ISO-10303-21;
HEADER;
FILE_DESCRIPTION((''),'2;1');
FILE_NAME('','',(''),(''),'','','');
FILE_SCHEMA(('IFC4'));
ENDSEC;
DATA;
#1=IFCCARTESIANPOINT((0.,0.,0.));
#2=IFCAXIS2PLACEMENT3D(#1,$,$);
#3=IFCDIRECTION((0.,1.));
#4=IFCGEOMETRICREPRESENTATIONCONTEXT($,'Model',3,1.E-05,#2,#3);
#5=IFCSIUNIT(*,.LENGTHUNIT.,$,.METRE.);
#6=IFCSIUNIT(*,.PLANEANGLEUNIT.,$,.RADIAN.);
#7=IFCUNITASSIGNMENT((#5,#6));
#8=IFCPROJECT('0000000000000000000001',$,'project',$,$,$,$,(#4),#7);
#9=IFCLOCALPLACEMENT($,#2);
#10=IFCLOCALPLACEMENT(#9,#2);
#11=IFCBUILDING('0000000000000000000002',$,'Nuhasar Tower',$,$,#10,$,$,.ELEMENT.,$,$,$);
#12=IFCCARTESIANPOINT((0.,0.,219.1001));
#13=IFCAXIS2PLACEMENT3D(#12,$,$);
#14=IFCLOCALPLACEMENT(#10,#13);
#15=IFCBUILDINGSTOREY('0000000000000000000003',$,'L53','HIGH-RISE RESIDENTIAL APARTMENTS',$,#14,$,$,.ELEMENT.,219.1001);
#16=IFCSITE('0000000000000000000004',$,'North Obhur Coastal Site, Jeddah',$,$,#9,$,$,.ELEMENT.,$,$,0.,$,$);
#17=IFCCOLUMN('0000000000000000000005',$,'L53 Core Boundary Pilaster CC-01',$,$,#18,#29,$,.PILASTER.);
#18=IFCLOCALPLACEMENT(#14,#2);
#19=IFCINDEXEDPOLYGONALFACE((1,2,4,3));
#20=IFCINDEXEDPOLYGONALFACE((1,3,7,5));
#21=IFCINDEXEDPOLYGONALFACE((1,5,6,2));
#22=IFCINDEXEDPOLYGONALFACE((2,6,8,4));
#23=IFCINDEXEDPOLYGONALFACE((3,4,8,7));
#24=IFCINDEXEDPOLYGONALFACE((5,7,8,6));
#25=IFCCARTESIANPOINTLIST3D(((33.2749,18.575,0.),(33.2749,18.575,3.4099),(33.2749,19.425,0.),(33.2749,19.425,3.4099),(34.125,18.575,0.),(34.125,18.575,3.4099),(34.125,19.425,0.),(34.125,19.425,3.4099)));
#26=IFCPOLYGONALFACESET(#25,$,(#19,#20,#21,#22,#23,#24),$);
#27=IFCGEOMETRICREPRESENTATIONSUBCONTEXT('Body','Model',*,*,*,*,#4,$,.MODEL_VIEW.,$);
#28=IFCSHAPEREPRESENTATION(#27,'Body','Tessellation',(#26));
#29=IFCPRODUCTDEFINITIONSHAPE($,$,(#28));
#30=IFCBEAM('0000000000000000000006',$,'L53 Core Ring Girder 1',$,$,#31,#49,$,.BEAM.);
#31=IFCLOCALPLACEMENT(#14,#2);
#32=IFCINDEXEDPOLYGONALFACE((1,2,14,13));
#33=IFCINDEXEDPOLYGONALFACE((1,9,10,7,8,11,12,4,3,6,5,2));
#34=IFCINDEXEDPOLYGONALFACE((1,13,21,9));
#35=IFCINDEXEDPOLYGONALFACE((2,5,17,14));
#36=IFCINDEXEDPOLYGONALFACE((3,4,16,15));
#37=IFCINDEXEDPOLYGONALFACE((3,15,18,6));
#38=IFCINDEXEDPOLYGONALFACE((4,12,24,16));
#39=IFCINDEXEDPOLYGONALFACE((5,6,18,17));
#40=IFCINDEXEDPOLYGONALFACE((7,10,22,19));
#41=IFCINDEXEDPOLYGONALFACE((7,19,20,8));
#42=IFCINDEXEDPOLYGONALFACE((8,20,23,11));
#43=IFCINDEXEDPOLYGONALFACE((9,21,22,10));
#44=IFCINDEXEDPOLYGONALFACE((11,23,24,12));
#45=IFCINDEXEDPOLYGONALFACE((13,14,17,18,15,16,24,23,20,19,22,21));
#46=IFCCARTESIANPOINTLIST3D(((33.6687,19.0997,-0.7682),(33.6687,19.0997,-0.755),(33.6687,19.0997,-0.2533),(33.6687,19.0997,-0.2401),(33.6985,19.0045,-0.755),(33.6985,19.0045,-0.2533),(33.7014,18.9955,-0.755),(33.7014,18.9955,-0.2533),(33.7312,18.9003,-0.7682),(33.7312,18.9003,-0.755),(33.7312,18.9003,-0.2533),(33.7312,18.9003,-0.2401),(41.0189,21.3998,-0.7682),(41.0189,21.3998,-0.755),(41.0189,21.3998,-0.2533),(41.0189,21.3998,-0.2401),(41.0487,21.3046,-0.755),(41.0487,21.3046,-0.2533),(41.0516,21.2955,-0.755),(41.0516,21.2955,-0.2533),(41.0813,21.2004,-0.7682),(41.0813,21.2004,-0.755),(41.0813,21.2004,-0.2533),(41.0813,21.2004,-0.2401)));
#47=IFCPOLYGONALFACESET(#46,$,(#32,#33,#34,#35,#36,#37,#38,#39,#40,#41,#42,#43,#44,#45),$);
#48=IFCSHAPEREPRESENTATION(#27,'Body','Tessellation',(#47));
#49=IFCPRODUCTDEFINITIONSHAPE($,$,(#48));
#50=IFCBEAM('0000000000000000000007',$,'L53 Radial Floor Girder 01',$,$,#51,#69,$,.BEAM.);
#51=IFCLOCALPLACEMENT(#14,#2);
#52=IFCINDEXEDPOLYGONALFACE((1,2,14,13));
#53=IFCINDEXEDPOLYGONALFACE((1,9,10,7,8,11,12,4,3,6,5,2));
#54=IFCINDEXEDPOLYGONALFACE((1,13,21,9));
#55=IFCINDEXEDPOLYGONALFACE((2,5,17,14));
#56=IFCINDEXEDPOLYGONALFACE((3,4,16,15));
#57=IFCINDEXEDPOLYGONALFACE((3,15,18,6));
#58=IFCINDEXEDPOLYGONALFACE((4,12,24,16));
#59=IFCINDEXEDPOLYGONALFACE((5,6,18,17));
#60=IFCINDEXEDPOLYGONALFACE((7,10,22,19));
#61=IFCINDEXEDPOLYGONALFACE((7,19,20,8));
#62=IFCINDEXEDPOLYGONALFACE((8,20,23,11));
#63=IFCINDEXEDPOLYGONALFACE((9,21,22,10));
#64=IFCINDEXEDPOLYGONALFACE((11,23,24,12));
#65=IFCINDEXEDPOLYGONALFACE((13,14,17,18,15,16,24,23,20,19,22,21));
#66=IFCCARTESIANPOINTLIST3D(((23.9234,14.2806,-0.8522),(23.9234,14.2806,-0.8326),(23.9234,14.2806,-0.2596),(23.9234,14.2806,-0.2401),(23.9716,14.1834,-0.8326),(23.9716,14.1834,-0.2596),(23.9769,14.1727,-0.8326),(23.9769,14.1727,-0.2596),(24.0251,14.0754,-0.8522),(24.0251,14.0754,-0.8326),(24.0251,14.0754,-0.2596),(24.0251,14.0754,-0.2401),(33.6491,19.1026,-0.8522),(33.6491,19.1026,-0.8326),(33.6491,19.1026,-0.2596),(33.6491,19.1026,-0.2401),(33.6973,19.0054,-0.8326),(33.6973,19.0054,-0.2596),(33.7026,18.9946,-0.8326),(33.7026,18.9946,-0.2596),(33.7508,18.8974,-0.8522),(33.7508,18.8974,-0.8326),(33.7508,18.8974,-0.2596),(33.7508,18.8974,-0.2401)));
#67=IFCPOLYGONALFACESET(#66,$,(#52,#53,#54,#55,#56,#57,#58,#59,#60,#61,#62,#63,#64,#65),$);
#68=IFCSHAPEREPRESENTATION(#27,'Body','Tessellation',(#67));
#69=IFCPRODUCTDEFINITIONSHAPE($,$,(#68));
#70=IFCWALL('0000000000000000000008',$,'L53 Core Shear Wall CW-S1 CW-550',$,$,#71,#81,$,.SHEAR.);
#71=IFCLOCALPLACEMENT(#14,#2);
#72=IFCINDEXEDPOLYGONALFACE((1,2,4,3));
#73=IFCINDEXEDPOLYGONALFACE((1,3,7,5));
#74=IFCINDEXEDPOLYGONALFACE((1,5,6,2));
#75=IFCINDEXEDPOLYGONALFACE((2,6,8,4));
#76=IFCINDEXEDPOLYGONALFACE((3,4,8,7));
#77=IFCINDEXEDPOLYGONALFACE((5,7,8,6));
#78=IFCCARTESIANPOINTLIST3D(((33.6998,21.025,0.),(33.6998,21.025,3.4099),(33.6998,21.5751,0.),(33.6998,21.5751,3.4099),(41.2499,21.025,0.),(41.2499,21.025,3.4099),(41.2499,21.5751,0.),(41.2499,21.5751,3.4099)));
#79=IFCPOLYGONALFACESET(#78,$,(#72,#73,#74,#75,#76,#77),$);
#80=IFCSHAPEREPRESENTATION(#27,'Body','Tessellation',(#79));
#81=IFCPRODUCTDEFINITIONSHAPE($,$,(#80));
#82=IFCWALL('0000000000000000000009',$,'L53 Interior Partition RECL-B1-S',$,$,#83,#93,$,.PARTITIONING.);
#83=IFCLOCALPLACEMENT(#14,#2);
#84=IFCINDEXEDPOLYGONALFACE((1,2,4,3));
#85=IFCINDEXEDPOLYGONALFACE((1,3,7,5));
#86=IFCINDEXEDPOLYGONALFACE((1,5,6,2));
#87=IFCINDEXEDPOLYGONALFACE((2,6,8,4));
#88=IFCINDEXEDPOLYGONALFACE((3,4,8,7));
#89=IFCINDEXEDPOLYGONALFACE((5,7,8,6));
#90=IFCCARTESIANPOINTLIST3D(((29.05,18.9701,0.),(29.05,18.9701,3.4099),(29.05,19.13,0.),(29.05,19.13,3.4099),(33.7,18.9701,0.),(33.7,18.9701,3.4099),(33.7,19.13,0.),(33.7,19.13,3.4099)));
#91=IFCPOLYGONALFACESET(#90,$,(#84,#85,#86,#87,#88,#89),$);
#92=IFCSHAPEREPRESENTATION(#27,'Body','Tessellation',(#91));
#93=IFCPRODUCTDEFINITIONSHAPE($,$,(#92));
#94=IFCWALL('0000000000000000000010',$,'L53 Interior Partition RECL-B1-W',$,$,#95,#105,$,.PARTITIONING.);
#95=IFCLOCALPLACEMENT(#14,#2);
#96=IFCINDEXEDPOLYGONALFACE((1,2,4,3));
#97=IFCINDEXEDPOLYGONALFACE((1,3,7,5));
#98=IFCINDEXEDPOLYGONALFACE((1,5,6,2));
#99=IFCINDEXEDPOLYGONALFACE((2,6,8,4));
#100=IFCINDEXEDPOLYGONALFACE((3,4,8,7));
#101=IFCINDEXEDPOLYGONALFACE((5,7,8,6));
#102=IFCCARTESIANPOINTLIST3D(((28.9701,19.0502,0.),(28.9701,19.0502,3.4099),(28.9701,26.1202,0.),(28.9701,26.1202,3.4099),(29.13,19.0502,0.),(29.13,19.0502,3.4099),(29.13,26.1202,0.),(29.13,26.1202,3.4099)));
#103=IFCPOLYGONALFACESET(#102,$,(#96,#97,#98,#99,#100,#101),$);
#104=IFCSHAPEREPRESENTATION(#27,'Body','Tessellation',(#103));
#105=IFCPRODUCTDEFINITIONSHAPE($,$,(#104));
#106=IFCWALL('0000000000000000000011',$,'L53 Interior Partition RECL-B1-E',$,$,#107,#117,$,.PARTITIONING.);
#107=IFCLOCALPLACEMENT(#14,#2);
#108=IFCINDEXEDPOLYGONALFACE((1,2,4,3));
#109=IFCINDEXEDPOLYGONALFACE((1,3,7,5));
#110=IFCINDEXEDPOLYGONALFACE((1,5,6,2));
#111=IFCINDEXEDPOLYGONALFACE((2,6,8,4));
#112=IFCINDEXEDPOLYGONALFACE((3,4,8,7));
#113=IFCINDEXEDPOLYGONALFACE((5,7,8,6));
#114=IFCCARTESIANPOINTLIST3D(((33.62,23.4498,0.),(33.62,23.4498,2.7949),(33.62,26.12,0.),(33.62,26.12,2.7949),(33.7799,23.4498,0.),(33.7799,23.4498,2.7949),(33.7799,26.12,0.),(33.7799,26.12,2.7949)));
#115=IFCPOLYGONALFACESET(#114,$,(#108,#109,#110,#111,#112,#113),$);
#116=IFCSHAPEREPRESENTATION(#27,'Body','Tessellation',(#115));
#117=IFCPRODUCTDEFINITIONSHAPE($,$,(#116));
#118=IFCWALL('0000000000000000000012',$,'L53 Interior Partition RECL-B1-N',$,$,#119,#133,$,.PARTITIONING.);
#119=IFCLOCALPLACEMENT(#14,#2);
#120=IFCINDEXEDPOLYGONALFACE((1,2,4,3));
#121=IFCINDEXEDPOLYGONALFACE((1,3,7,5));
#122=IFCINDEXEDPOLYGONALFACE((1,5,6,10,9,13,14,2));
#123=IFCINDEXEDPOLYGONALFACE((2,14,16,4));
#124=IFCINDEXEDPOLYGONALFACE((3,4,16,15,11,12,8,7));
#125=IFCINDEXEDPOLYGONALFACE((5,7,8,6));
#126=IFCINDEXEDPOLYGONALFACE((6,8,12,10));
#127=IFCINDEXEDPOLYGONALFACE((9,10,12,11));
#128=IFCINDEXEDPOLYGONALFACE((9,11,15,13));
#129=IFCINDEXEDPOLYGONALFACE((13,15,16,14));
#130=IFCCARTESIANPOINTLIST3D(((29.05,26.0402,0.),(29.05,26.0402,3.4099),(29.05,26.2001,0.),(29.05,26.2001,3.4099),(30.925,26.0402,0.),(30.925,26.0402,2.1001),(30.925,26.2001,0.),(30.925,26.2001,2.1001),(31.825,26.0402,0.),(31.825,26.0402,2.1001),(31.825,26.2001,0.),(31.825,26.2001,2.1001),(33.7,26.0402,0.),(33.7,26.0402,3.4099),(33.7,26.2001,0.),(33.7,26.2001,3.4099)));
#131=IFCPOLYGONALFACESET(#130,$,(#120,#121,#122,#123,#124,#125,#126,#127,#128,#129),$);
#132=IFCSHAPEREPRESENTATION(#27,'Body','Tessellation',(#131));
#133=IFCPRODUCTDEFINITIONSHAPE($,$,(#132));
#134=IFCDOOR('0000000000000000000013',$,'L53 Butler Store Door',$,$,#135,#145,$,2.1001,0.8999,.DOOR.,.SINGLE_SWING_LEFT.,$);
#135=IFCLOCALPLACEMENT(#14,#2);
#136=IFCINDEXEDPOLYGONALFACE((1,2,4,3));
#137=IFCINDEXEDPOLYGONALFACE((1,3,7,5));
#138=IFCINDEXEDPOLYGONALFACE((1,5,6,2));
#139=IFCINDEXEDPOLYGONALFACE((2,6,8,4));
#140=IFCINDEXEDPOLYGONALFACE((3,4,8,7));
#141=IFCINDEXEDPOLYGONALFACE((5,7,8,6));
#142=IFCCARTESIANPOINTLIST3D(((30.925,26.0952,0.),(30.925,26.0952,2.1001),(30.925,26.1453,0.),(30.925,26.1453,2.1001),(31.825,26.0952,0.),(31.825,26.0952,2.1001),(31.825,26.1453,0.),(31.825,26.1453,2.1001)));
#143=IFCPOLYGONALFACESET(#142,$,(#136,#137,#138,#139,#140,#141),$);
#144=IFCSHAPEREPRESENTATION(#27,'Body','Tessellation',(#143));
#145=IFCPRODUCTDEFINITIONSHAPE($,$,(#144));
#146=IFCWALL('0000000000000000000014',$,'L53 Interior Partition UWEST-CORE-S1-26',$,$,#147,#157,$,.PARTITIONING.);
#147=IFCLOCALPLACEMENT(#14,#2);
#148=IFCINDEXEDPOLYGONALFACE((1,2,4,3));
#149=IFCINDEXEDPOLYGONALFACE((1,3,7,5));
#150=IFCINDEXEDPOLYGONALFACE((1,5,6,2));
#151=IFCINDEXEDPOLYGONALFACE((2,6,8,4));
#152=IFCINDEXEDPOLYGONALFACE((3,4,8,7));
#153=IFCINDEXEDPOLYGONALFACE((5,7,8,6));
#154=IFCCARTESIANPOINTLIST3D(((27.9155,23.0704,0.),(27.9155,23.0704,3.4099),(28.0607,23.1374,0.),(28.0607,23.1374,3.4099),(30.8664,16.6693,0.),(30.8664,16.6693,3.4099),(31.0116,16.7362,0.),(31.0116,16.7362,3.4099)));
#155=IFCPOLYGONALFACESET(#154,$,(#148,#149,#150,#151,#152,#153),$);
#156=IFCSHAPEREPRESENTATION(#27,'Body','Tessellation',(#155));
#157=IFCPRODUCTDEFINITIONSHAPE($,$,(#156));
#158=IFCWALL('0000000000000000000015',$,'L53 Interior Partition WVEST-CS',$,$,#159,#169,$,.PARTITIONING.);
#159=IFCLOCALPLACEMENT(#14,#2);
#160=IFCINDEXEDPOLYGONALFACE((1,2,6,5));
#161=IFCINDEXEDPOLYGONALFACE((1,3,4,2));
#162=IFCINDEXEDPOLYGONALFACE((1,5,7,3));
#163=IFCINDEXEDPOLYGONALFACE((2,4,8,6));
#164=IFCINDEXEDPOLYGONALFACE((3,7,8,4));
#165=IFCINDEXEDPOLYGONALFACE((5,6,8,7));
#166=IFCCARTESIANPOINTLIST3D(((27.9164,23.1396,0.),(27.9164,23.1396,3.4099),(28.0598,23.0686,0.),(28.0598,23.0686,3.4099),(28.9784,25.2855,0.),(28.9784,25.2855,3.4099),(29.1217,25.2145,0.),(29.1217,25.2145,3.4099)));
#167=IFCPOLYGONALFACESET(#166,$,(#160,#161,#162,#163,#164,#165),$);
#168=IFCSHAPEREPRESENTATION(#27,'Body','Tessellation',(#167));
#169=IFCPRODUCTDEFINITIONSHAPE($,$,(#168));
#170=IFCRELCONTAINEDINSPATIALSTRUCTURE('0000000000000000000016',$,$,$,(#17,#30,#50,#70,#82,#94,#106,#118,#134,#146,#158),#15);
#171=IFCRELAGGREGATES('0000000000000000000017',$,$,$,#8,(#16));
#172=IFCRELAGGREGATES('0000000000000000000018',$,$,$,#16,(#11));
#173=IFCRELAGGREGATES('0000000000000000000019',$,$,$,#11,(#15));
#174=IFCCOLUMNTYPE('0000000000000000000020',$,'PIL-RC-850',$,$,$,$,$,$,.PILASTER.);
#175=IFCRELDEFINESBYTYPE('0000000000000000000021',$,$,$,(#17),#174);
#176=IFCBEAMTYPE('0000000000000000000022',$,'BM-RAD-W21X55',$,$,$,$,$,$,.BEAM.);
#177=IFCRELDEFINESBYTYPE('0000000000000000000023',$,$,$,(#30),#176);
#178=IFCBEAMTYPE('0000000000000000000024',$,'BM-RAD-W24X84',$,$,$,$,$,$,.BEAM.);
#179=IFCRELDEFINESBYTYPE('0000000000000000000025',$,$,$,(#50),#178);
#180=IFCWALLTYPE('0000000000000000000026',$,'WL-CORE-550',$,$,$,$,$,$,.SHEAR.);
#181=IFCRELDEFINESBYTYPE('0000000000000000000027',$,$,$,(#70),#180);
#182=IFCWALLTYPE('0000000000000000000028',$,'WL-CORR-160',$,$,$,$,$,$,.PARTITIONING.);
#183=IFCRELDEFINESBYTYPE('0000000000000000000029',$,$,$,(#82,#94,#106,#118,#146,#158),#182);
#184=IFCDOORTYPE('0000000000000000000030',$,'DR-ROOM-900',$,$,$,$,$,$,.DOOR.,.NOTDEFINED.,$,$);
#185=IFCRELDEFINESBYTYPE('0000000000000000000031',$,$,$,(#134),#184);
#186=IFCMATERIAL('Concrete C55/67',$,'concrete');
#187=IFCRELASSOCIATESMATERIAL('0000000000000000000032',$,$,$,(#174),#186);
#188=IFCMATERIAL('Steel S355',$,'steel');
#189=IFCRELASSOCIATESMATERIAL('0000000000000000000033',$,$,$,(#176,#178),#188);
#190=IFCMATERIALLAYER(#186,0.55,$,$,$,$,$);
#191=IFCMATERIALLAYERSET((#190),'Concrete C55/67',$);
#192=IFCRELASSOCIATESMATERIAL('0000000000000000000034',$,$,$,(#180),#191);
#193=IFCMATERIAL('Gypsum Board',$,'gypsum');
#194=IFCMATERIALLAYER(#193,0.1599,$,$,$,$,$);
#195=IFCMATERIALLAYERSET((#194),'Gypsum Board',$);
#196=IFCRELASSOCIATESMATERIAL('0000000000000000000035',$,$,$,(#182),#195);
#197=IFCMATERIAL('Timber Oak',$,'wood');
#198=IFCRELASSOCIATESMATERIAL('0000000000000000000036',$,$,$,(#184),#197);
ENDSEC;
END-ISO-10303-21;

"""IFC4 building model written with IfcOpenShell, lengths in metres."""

from ifc_helpers import new_model, si_unit, direction, frame, frame_2d, origin, origin_2d, place, context, subcontext, project, spatial, rectangle, i_section, extrude, material, layer, layer_set, material_profile, profile_set, type_object, element, fill, save


model = new_model("IFC4")

# Units and contexts
model_context = context("Model", 3, precision=1e-05, world=origin(), true_north=direction((0.0, 1.0)))
body_context = subcontext(model_context, "Body", "Model", "MODEL_VIEW")
ifc_project = project(units=[si_unit("LENGTHUNIT", "METRE"), si_unit("PLANEANGLEUNIT", "RADIAN")], contexts=[model_context])

# Site, building, storey
site_placement = place(None, origin())
site = spatial("IfcSite", under=ifc_project, at=site_placement, Name="North Obhur Coastal Site, Jeddah", CompositionType="ELEMENT", RefElevation=0.0)
building_placement = place(site_placement, origin())
building = spatial("IfcBuilding", under=site, at=building_placement, Name="Nuhasar Tower", CompositionType="ELEMENT")
storey_placement = place(building_placement, frame((0.0, 0.0, 219.1001)))
storey = spatial("IfcBuildingStorey", under=building, at=storey_placement, Name="L53", Description="HIGH-RISE RESIDENTIAL APARTMENTS", CompositionType="ELEMENT", Elevation=219.1001)

# Column
ifc_material_1 = material(Name="Concrete C55/67", Category="concrete")
ifc_material_profile_1 = material_profile(ifc_material_1, rectangle(XDim=0.8501, YDim=0.8501, at=origin_2d()), Name="RC850X850")
ifc_profile_set_1 = profile_set([ifc_material_profile_1], Name="Concrete C55/67")
column_type = type_object("IfcColumnType", Name="PIL-RC-850", PredefinedType="PILASTER", material=ifc_profile_set_1)
column_placement = place(storey_placement, frame((33.7, 19.0, 0.0), z_axis=(0.0, 0.0, 1.0), x_axis=(1.0, 0.0, 0.0)))
element("IfcColumn", 1, at=column_placement, inside=storey, type_object=column_type, Name="L53 Core Boundary Pilaster CC-01", PredefinedType="PILASTER", context=body_context, shape_type="SweptSolid", body=[
    extrude(rectangle(XDim=0.8501, YDim=0.8501, at=origin_2d()), origin(), (0.0, 0.0, 1.0), 3.4099),
])

# Beams
ifc_material_2 = material(Name="Steel S355", Category="steel")
ifc_material_profile_2 = material_profile(ifc_material_2, i_section(OverallWidth=0.209, OverallDepth=0.5281, WebThickness=0.0095, FlangeThickness=0.0132, at=origin_2d()), Name="W21X55")
ifc_profile_set_2 = profile_set([ifc_material_profile_2], Name="Steel S355")
beam_type_1 = type_object("IfcBeamType", Name="BM-RAD-W21X55", PredefinedType="BEAM", material=ifc_profile_set_2)
beam_1_placement = place(storey_placement, frame((33.7, 19.0, -0.5042), z_axis=(0.954364, 0.298647, 0.0), x_axis=(-0.298647, 0.954364, 0.0)))
element("IfcBeam", 2, at=beam_1_placement, inside=storey, type_object=beam_type_1, Name="L53 Core Ring Girder 1", PredefinedType="BEAM", context=body_context, shape_type="SweptSolid", body=[
    extrude(i_section(OverallWidth=0.209, OverallDepth=0.5281, WebThickness=0.0095, FlangeThickness=0.0132, at=origin_2d()), origin(), (0.0, 0.0, 1.0), 7.7017),
])
ifc_material_profile_3 = material_profile(ifc_material_2, i_section(OverallWidth=0.229, OverallDepth=0.6121, WebThickness=0.012, FlangeThickness=0.0195, at=origin_2d()), Name="W24X84")
ifc_profile_set_3 = profile_set([ifc_material_profile_3], Name="Steel S355")
beam_type_2 = type_object("IfcBeamType", Name="BM-RAD-W24X84", PredefinedType="BEAM", material=ifc_profile_set_3)
beam_2_placement = place(storey_placement, frame((33.7, 19.0, -0.5461), z_axis=(-0.895929, -0.444197, 0.0), x_axis=(0.444197, -0.895929, 0.0)))
element("IfcBeam", 3, at=beam_2_placement, inside=storey, type_object=beam_type_2, Name="L53 Radial Floor Girder 01", PredefinedType="BEAM", context=body_context, shape_type="SweptSolid", body=[
    extrude(i_section(OverallWidth=0.229, OverallDepth=0.6121, WebThickness=0.012, FlangeThickness=0.0195, at=origin_2d()), origin(), (0.0, 0.0, 1.0), 10.8555),
])

# Walls
ifc_layer_1 = layer(ifc_material_1, 0.55)
ifc_layer_set_1 = layer_set([ifc_layer_1], Name="Concrete C55/67")
wall_type_1 = type_object("IfcWallType", Name="WL-CORE-550", PredefinedType="SHEAR", material=ifc_layer_set_1)
wall_1_placement = place(storey_placement, frame((33.7, 21.3, 0.0), z_axis=(0.0, 0.0, 1.0), x_axis=(1.0, 0.0, 0.0)))
element("IfcWall", 4, at=wall_1_placement, inside=storey, type_object=wall_type_1, Name="L53 Core Shear Wall CW-S1 CW-550", PredefinedType="SHEAR", context=body_context, shape_type="SweptSolid", body=[
    extrude(rectangle(XDim=7.55, YDim=0.55, at=frame_2d((3.7749, 0.0))), origin(), (0.0, 0.0, 1.0), 3.4099),
])
ifc_material_3 = material(Name="Gypsum Board", Category="gypsum")
ifc_layer_2 = layer(ifc_material_3, 0.1599)
ifc_layer_set_2 = layer_set([ifc_layer_2], Name="Gypsum Board")
wall_type_2 = type_object("IfcWallType", Name="WL-CORR-160", PredefinedType="PARTITIONING", material=ifc_layer_set_2)
wall_2_placement = place(storey_placement, frame((29.05, 19.05, 0.0), z_axis=(0.0, 0.0, 1.0), x_axis=(1.0, 0.0, 0.0)))
element("IfcWall", 5, at=wall_2_placement, inside=storey, type_object=wall_type_2, Name="L53 Interior Partition RECL-B1-S", PredefinedType="PARTITIONING", context=body_context, shape_type="SweptSolid", body=[
    extrude(rectangle(XDim=4.6499, YDim=0.1599, at=frame_2d((2.325, 0.0))), origin(), (0.0, 0.0, 1.0), 3.4099),
])
wall_3_placement = place(storey_placement, frame((29.05, 19.05, 0.0), z_axis=(0.0, 0.0, 1.0), x_axis=(0.0, 1.0, 0.0)))
element("IfcWall", 6, at=wall_3_placement, inside=storey, type_object=wall_type_2, Name="L53 Interior Partition RECL-B1-W", PredefinedType="PARTITIONING", context=body_context, shape_type="SweptSolid", body=[
    extrude(rectangle(XDim=7.0701, YDim=0.1599, at=frame_2d((3.5352, 0.0))), origin(), (0.0, 0.0, 1.0), 3.4099),
])
wall_4_placement = place(storey_placement, frame((33.7, 23.45, 0.0), z_axis=(0.0, 0.0, 1.0), x_axis=(0.0, 1.0, 0.0)))
element("IfcWall", 7, at=wall_4_placement, inside=storey, type_object=wall_type_2, Name="L53 Interior Partition RECL-B1-E", PredefinedType="PARTITIONING", context=body_context, shape_type="SweptSolid", body=[
    extrude(rectangle(XDim=2.6702, YDim=0.1599, at=frame_2d((1.335, 0.0))), origin(), (0.0, 0.0, 1.0), 2.7949),
])

# Wall, opening, door
wall_5_placement = place(storey_placement, frame((33.7, 26.1201, 0.0), z_axis=(0.0, 0.0, 1.0), x_axis=(-1.0, 0.0, 0.0)))
wall_5 = element("IfcWall", 8, at=wall_5_placement, inside=storey, type_object=wall_type_2, Name="L53 Interior Partition RECL-B1-N", PredefinedType="PARTITIONING", context=body_context, shape_type="SweptSolid", body=[
    extrude(rectangle(XDim=4.6499, YDim=0.1599, at=frame_2d((2.325, 0.0))), origin(), (0.0, 0.0, 1.0), 3.4099),
])
opening_1_placement = place(wall_5_placement, frame((1.875, 0.0, 0.0)))
opening_1 = element("IfcOpeningElement", 9, at=opening_1_placement, cuts=wall_5, PredefinedType="OPENING", context=body_context, shape_type="SweptSolid", body=[
    extrude(rectangle(XDim=0.8999, YDim=2.1001, at=frame_2d((0.45, 1.05))), frame((0.0, 0.0898, 0.0), z_axis=(0.0, -1.0, 0.0), x_axis=(1.0, 0.0, 0.0)), (0.0, 0.0, 1.0), 0.1799),
])
ifc_material_4 = material(Name="Timber Oak", Category="wood")
door_type_1 = type_object("IfcDoorType", Name="DR-ROOM-900", OperationType="NOTDEFINED", PredefinedType="DOOR", material=ifc_material_4)
door_1_placement = place(opening_1_placement, origin())
door_1 = element("IfcDoor", 10, at=door_1_placement, inside=storey, type_object=door_type_1, Name="L53 Butler Store Door", OperationType="SINGLE_SWING_LEFT", OverallHeight=2.1001, OverallWidth=0.8999, PredefinedType="DOOR", context=body_context, shape_type="SweptSolid", body=[
    extrude(rectangle(XDim=0.8999, YDim=2.1001, at=frame_2d((0.45, 1.05))), frame((0.0, 0.0249, 0.0), z_axis=(0.0, -1.0, 0.0), x_axis=(1.0, 0.0, 0.0)), (0.0, 0.0, 1.0), 0.05),
])
fill(opening_1, door_1)

# Walls
wall_6_placement = place(storey_placement, frame((27.988, 23.104, 0.0), z_axis=(0.0, 0.0, 1.0), x_axis=(0.418656, -0.908145, 0.0)))
element("IfcWall", 11, at=wall_6_placement, inside=storey, type_object=wall_type_2, Name="L53 Interior Partition UWEST-CORE-S1-26", PredefinedType="PARTITIONING", context=body_context, shape_type="SweptSolid", body=[
    extrude(rectangle(XDim=7.0486, YDim=0.1599, at=frame_2d((3.5244, 0.0))), origin(), (0.0, 0.0, 1.0), 3.4099),
])
wall_7_placement = place(storey_placement, frame((27.988, 23.104, 0.0), z_axis=(0.0, 0.0, 1.0), x_axis=(0.443539, 0.896255, 0.0)))
element("IfcWall", 12, at=wall_7_placement, inside=storey, type_object=wall_type_2, Name="L53 Interior Partition WVEST-CS", PredefinedType="PARTITIONING", context=body_context, shape_type="SweptSolid", body=[
    extrude(rectangle(XDim=2.3943, YDim=0.1599, at=frame_2d((1.1973, 0.0))), origin(), (0.0, 0.0, 1.0), 3.4099),
])

save(model, "model.ifc")
